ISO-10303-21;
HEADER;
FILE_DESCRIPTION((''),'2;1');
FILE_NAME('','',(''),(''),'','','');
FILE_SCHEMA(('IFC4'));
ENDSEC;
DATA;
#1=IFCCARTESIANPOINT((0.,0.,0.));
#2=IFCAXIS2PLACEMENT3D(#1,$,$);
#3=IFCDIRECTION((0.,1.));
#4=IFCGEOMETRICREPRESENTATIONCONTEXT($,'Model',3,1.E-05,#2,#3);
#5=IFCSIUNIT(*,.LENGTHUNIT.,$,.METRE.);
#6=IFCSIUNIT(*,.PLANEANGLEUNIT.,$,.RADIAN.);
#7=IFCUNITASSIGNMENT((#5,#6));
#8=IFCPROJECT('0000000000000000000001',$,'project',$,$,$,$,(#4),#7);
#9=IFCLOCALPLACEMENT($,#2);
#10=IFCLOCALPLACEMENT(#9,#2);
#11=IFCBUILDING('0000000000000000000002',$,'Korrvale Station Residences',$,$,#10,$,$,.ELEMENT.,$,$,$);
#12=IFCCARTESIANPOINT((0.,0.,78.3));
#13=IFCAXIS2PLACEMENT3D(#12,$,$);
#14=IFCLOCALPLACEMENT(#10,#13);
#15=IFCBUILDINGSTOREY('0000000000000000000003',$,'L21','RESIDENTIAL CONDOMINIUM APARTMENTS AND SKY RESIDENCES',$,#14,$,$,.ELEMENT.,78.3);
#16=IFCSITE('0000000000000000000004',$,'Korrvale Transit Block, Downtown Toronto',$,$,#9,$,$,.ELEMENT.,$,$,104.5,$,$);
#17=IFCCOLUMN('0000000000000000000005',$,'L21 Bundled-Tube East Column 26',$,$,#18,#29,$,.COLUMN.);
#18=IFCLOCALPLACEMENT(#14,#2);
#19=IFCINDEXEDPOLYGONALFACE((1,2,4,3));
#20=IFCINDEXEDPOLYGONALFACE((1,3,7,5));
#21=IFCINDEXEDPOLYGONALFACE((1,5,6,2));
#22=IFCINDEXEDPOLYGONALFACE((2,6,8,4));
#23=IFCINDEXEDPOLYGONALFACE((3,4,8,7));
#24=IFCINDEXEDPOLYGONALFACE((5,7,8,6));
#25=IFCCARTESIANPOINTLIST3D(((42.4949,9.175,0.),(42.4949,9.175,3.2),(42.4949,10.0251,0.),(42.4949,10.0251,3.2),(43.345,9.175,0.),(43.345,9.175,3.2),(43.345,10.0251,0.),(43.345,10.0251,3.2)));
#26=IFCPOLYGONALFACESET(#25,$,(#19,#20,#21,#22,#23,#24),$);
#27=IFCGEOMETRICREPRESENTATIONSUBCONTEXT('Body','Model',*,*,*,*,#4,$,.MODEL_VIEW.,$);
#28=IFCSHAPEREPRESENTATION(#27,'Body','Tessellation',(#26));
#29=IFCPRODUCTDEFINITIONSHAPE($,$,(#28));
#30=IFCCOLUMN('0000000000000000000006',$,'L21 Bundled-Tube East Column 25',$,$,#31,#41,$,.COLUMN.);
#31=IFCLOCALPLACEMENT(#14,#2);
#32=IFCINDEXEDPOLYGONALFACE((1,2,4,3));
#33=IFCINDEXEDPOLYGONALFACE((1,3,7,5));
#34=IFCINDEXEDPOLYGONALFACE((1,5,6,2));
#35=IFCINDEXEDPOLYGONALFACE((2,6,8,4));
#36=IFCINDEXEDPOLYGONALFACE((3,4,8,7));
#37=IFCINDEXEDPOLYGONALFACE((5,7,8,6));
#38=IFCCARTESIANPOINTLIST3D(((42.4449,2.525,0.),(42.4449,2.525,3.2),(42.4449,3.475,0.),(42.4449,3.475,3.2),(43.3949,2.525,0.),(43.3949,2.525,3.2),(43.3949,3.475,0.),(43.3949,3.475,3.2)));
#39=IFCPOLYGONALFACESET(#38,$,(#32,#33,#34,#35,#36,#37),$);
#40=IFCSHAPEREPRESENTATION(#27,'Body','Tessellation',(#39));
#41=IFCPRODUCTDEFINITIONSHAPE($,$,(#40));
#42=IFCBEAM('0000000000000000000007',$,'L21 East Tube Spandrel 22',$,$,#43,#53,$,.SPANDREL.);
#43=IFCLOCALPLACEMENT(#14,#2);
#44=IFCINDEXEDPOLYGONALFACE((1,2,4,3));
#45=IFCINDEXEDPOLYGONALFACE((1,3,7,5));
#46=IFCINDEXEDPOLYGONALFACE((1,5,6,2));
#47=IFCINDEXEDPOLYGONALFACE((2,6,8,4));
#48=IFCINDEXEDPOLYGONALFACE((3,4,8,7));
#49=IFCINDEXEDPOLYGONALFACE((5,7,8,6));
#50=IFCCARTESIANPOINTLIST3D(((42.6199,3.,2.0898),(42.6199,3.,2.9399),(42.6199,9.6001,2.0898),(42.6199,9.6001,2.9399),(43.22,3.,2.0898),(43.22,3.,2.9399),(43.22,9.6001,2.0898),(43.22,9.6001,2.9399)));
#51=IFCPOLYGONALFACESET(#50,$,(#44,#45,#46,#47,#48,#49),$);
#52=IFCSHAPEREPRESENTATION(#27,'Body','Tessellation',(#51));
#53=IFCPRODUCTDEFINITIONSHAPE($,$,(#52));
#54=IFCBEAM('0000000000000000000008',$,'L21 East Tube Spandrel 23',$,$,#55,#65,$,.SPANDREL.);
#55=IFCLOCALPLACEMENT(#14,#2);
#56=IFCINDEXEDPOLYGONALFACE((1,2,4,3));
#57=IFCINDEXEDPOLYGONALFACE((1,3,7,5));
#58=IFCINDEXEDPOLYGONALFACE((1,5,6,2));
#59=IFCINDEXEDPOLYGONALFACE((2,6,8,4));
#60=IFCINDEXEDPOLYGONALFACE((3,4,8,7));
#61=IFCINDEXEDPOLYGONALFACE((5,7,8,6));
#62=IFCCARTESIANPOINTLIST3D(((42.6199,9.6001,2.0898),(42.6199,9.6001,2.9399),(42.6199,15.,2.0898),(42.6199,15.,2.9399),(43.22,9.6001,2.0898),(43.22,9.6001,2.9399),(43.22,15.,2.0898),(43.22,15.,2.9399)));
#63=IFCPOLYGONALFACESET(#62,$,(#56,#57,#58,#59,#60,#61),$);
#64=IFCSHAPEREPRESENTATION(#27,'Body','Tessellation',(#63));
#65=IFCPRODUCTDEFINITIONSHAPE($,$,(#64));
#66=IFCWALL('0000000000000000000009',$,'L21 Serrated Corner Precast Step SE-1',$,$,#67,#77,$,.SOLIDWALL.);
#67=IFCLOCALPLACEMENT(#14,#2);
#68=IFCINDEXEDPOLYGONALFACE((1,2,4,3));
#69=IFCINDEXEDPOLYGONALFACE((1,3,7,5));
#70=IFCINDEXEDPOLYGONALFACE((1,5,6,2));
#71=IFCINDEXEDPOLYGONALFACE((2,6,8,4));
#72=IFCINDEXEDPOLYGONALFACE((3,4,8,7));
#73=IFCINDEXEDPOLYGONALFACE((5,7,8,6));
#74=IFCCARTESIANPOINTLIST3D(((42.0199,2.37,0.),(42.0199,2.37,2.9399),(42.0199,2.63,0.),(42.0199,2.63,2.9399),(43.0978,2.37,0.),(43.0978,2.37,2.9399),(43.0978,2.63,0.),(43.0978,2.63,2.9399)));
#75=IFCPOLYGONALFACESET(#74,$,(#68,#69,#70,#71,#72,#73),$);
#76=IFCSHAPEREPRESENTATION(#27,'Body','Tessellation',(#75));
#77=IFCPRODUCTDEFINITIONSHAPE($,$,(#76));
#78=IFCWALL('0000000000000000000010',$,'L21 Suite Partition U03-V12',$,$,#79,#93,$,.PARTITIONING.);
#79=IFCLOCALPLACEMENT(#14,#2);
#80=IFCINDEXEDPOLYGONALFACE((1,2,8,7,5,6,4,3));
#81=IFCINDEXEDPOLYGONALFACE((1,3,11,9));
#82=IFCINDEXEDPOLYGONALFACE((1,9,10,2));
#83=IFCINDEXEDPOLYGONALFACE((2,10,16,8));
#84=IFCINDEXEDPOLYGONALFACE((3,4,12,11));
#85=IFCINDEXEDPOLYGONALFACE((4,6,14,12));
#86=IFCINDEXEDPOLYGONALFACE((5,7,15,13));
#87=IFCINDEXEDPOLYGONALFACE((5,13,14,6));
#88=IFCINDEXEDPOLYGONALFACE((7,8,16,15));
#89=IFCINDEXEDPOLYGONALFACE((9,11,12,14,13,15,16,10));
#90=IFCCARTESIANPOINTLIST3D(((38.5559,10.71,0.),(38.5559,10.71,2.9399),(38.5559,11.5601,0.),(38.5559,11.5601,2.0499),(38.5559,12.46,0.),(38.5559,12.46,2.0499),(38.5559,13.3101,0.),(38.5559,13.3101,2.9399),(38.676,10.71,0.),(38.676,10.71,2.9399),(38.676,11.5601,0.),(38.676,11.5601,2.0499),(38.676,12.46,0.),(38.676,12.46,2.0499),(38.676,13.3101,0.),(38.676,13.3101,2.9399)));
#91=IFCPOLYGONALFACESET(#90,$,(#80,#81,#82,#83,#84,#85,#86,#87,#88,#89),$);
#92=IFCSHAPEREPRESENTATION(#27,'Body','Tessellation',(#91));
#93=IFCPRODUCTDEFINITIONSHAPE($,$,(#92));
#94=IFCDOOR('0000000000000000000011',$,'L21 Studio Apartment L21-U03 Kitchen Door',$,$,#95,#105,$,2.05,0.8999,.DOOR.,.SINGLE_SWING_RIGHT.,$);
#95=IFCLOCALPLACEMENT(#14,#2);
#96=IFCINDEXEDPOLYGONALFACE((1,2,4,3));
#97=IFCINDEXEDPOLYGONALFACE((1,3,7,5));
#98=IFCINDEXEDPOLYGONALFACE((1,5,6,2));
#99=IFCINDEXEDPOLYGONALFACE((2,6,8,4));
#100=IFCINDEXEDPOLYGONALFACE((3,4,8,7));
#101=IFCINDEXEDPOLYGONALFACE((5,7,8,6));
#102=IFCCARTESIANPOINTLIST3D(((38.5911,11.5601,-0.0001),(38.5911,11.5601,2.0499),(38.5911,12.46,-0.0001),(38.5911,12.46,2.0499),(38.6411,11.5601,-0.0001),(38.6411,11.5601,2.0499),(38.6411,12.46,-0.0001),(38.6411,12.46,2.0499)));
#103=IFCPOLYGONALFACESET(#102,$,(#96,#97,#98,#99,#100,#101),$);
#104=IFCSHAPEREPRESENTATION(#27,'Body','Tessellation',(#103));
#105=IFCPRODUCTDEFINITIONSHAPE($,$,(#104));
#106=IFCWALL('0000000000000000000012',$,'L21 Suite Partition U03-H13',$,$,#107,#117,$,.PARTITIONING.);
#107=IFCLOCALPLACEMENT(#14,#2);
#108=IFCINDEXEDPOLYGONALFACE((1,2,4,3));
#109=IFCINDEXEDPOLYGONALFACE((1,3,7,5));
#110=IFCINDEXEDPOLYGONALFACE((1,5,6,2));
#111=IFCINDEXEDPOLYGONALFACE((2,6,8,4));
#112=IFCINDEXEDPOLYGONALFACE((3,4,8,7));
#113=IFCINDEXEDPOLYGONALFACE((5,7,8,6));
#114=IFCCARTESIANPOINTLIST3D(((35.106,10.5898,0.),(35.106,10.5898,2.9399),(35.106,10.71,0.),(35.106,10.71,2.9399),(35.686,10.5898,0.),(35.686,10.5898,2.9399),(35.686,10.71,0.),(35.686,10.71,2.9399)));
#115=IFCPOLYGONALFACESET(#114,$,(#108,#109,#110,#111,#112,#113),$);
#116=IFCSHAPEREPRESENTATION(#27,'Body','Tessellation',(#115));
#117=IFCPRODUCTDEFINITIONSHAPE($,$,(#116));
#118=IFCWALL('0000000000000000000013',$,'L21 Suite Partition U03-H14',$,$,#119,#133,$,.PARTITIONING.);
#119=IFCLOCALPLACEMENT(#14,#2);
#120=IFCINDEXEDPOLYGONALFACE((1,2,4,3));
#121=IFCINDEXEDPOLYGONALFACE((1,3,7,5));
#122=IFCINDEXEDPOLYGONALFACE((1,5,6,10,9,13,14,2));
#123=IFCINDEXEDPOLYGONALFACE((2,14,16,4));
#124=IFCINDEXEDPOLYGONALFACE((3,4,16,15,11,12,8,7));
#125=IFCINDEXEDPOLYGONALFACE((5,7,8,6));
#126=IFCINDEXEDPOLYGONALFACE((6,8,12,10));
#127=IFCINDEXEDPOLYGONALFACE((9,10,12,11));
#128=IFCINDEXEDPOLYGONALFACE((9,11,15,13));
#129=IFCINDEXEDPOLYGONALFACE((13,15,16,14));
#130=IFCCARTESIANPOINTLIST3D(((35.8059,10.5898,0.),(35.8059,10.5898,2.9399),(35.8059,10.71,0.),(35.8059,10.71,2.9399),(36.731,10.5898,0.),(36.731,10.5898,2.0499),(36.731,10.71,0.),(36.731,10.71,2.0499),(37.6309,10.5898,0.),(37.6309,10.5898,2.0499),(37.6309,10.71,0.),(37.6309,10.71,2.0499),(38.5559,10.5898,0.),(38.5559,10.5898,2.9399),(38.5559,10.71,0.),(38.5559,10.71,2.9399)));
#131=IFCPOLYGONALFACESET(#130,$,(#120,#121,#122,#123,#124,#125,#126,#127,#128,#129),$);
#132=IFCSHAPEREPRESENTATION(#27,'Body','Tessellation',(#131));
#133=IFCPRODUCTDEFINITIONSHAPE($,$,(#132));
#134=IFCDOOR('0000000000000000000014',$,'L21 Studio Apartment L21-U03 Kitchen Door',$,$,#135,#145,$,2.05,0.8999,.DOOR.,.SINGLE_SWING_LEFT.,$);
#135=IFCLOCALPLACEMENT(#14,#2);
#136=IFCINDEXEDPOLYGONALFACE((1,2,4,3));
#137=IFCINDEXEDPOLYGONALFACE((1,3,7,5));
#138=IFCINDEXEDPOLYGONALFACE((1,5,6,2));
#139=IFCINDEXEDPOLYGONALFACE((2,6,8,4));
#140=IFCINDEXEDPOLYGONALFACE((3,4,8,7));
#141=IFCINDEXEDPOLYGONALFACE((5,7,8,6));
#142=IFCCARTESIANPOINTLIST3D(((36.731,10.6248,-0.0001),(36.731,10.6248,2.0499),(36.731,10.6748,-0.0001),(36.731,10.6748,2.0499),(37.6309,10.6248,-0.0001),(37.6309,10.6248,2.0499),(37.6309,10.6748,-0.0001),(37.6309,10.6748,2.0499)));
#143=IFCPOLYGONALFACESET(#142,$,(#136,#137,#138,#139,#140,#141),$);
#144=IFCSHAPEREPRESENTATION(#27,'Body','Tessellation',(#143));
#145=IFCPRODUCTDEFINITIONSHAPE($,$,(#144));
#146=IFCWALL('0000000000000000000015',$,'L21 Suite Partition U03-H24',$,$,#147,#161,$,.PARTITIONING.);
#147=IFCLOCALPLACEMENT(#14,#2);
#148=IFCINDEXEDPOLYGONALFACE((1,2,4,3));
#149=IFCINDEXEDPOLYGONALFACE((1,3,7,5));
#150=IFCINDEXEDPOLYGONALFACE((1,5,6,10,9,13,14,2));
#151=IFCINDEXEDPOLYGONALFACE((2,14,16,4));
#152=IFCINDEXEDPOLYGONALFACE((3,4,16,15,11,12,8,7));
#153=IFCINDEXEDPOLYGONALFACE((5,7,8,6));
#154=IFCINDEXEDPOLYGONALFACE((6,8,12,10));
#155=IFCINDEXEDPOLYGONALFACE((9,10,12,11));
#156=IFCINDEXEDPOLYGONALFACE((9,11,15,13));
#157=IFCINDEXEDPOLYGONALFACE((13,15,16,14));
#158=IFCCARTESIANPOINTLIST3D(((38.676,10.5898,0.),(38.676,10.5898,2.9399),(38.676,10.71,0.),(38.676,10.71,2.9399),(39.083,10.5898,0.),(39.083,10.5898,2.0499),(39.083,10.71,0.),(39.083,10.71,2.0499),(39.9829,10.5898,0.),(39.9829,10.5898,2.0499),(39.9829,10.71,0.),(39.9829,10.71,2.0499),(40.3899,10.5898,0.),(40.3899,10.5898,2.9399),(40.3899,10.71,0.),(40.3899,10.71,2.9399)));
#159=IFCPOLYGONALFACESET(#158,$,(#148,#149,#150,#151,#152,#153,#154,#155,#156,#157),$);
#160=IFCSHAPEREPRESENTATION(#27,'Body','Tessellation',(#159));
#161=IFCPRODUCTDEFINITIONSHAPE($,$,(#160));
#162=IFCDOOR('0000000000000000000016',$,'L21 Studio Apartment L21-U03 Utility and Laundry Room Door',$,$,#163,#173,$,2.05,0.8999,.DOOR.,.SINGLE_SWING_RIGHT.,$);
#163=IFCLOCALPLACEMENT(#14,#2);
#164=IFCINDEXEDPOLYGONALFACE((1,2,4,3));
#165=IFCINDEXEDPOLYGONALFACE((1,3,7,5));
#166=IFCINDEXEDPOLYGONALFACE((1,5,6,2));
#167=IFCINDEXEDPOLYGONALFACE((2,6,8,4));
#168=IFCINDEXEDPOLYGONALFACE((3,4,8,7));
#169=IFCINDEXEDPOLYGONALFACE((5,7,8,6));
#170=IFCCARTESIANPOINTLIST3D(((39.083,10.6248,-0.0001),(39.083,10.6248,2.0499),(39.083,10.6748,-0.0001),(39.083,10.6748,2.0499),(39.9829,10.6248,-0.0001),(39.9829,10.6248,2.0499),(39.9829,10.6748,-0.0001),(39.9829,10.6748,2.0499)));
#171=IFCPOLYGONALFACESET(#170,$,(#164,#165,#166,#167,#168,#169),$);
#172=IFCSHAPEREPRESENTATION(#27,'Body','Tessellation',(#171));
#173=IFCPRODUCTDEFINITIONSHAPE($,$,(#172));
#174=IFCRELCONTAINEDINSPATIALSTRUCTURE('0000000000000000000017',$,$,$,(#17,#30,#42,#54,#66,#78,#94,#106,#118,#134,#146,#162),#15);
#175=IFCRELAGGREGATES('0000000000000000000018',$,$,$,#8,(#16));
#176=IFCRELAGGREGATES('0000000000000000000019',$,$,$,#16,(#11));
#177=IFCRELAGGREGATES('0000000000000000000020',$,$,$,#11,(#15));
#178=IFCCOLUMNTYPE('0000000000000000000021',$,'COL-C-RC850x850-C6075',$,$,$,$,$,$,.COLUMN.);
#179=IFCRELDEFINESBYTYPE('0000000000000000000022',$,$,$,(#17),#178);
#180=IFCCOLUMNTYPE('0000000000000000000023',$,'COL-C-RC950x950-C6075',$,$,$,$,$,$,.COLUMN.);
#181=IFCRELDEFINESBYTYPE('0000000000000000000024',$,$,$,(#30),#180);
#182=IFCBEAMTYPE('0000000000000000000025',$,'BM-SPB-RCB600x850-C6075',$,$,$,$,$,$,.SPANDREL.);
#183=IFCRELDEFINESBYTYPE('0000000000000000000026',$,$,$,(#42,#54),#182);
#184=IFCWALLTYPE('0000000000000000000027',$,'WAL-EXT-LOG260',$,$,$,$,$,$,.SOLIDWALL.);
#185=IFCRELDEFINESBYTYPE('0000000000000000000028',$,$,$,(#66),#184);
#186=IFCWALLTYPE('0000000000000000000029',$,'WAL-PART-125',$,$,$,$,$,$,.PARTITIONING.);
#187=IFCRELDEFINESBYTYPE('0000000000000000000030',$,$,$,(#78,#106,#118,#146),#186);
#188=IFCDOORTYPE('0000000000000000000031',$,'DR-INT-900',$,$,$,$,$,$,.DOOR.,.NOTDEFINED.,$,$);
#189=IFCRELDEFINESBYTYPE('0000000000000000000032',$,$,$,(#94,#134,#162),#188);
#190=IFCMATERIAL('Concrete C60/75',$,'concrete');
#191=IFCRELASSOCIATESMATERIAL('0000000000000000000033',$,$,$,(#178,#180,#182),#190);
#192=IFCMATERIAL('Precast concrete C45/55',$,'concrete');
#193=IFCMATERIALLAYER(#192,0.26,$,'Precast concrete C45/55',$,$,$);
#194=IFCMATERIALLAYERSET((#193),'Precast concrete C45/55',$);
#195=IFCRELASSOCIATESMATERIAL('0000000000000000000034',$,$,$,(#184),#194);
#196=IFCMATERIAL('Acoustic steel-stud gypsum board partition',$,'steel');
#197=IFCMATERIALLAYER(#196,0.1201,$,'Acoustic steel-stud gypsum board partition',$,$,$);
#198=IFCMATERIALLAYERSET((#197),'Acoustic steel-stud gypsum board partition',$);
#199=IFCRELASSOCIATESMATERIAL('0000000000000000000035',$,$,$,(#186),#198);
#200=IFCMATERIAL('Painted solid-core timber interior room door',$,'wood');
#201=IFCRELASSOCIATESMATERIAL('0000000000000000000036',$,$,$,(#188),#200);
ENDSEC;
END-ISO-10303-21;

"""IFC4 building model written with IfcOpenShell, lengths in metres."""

from ifc_helpers import new_model, si_unit, direction, frame, frame_2d, origin, origin_2d, place, context, subcontext, project, spatial, rectangle, extrude, material, layer, layer_set, material_profile, profile_set, type_object, element, fill, save


model = new_model("IFC4")

# Units and contexts
model_context = context("Model", 3, precision=1e-05, world=origin(), true_north=direction((0.0, 1.0)))
body_context = subcontext(model_context, "Body", "Model", "MODEL_VIEW")
ifc_project = project(units=[si_unit("LENGTHUNIT", "METRE"), si_unit("PLANEANGLEUNIT", "RADIAN")], contexts=[model_context])

# Site, building, storey
site_placement = place(None, origin())
site = spatial("IfcSite", under=ifc_project, at=site_placement, Name="Korrvale Transit Block, Downtown Toronto", CompositionType="ELEMENT", RefElevation=104.5)
building_placement = place(site_placement, origin())
building = spatial("IfcBuilding", under=site, at=building_placement, Name="Korrvale Station Residences", CompositionType="ELEMENT")
storey_placement = place(building_placement, frame((0.0, 0.0, 78.3)))
storey = spatial("IfcBuildingStorey", under=building, at=storey_placement, Name="L21", Description="RESIDENTIAL CONDOMINIUM APARTMENTS AND SKY RESIDENCES", CompositionType="ELEMENT", Elevation=78.3)

# Columns
ifc_material_1 = material(Name="Concrete C60/75", Category="concrete")
ifc_material_profile_1 = material_profile(ifc_material_1, rectangle(XDim=0.8501, YDim=0.8501, at=origin_2d()), Name="RC850x850")
ifc_profile_set_1 = profile_set([ifc_material_profile_1], Name="Concrete C60/75")
column_type_1 = type_object("IfcColumnType", Name="COL-C-RC850x850-C6075", PredefinedType="COLUMN", material=ifc_profile_set_1)
column_1_placement = place(storey_placement, frame((42.9199, 9.6001, 0.0), z_axis=(0.0, 0.0, 1.0), x_axis=(1.0, 0.0, 0.0)))
element("IfcColumn", 1, at=column_1_placement, inside=storey, type_object=column_type_1, Name="L21 Bundled-Tube East Column 26", PredefinedType="COLUMN", context=body_context, shape_type="SweptSolid", body=[
    extrude(rectangle(XDim=0.8501, YDim=0.8501, at=origin_2d()), origin(), (0.0, 0.0, 1.0), 3.2),
])
ifc_material_profile_2 = material_profile(ifc_material_1, rectangle(XDim=0.95, YDim=0.95, at=origin_2d()), Name="RC950x950")
ifc_profile_set_2 = profile_set([ifc_material_profile_2], Name="Concrete C60/75")
column_type_2 = type_object("IfcColumnType", Name="COL-C-RC950x950-C6075", PredefinedType="COLUMN", material=ifc_profile_set_2)
column_2_placement = place(storey_placement, frame((42.9199, 3.0, 0.0), z_axis=(0.0, 0.0, 1.0), x_axis=(1.0, 0.0, 0.0)))
element("IfcColumn", 2, at=column_2_placement, inside=storey, type_object=column_type_2, Name="L21 Bundled-Tube East Column 25", PredefinedType="COLUMN", context=body_context, shape_type="SweptSolid", body=[
    extrude(rectangle(XDim=0.95, YDim=0.95, at=origin_2d()), origin(), (0.0, 0.0, 1.0), 3.2),
])

# Beams
ifc_material_profile_3 = material_profile(ifc_material_1, rectangle(XDim=0.6001, YDim=0.8501, at=origin_2d()), Name="RCB600x850")
ifc_profile_set_3 = profile_set([ifc_material_profile_3], Name="Concrete C60/75")
beam_type = type_object("IfcBeamType", Name="BM-SPB-RCB600x850-C6075", PredefinedType="SPANDREL", material=ifc_profile_set_3)
beam_1_placement = place(storey_placement, frame((42.9199, 3.0, 2.5149), z_axis=(0.0, 1.0, 0.0), x_axis=(-1.0, 0.0, 0.0)))
element("IfcBeam", 3, at=beam_1_placement, inside=storey, type_object=beam_type, Name="L21 East Tube Spandrel 22", PredefinedType="SPANDREL", context=body_context, shape_type="SweptSolid", body=[
    extrude(rectangle(XDim=0.6001, YDim=0.8501, at=origin_2d()), origin(), (0.0, 0.0, 1.0), 6.6001),
])
beam_2_placement = place(storey_placement, frame((42.9199, 9.6001, 2.5149), z_axis=(0.0, 1.0, 0.0), x_axis=(-1.0, 0.0, 0.0)))
element("IfcBeam", 4, at=beam_2_placement, inside=storey, type_object=beam_type, Name="L21 East Tube Spandrel 23", PredefinedType="SPANDREL", context=body_context, shape_type="SweptSolid", body=[
    extrude(rectangle(XDim=0.6001, YDim=0.8501, at=origin_2d()), origin(), (0.0, 0.0, 1.0), 5.3999),
])

# Wall
ifc_material_2 = material(Name="Precast concrete C45/55", Category="concrete")
ifc_layer_1 = layer(ifc_material_2, 0.26, Name="Precast concrete C45/55")
ifc_layer_set_1 = layer_set([ifc_layer_1], Name="Precast concrete C45/55")
wall_type_1 = type_object("IfcWallType", Name="WAL-EXT-LOG260", PredefinedType="SOLIDWALL", material=ifc_layer_set_1)
wall_1_placement = place(storey_placement, frame((43.0979, 2.5, 0.0), z_axis=(0.0, 0.0, 1.0), x_axis=(-1.0, 0.0, 0.0)))
element("IfcWall", 5, at=wall_1_placement, inside=storey, type_object=wall_type_1, Name="L21 Serrated Corner Precast Step SE-1", PredefinedType="SOLIDWALL", context=body_context, shape_type="SweptSolid", body=[
    extrude(rectangle(XDim=1.0779, YDim=0.26, at=frame_2d((0.5391, 0.0))), origin(), (0.0, 0.0, 1.0), 2.9399),
])

# Wall, opening, door
ifc_material_3 = material(Name="Acoustic steel-stud gypsum board partition", Category="steel")
ifc_layer_2 = layer(ifc_material_3, 0.1201, Name="Acoustic steel-stud gypsum board partition")
ifc_layer_set_2 = layer_set([ifc_layer_2], Name="Acoustic steel-stud gypsum board partition")
wall_type_2 = type_object("IfcWallType", Name="WAL-PART-125", PredefinedType="PARTITIONING", material=ifc_layer_set_2)
wall_2_placement = place(storey_placement, frame((38.616, 10.71, 0.0), z_axis=(0.0, 0.0, 1.0), x_axis=(0.0, 1.0, 0.0)))
wall_2 = element("IfcWall", 6, at=wall_2_placement, inside=storey, type_object=wall_type_2, Name="L21 Suite Partition U03-V12", PredefinedType="PARTITIONING", context=body_context, shape_type="SweptSolid", body=[
    extrude(rectangle(XDim=2.6001, YDim=0.1201, at=frame_2d((1.3, 0.0))), origin(), (0.0, 0.0, 1.0), 2.9399),
])
opening_1_placement = place(wall_2_placement, frame((0.8501, 0.0, 0.0)))
opening_1 = element("IfcOpeningElement", 7, at=opening_1_placement, cuts=wall_2, PredefinedType="OPENING", context=body_context, shape_type="SweptSolid", body=[
    extrude(rectangle(XDim=0.8999, YDim=2.05, at=frame_2d((0.45, 1.0249))), frame((0.0, 0.0701, 0.0), z_axis=(0.0, -1.0, 0.0), x_axis=(1.0, 0.0, 0.0)), (0.0, 0.0, 1.0), 0.1401),
])
ifc_material_4 = material(Name="Painted solid-core timber interior room door", Category="wood")
door_type = type_object("IfcDoorType", Name="DR-INT-900", OperationType="NOTDEFINED", PredefinedType="DOOR", material=ifc_material_4)
door_1_placement = place(opening_1_placement, origin())
door_1 = element("IfcDoor", 8, at=door_1_placement, inside=storey, type_object=door_type, Name="L21 Studio Apartment L21-U03 Kitchen Door", OperationType="SINGLE_SWING_RIGHT", OverallHeight=2.05, OverallWidth=0.8999, PredefinedType="DOOR", context=body_context, shape_type="SweptSolid", body=[
    extrude(rectangle(XDim=0.8999, YDim=2.05, at=frame_2d((0.45, 1.0249))), frame((0.0, 0.0249, 0.0), z_axis=(0.0, -1.0, 0.0), x_axis=(1.0, 0.0, 0.0)), (0.0, 0.0, 1.0), 0.05),
])
fill(opening_1, door_1)

# Wall
wall_3_placement = place(storey_placement, frame((35.106, 10.6499, 0.0), z_axis=(0.0, 0.0, 1.0), x_axis=(1.0, 0.0, 0.0)))
element("IfcWall", 9, at=wall_3_placement, inside=storey, type_object=wall_type_2, Name="L21 Suite Partition U03-H13", PredefinedType="PARTITIONING", context=body_context, shape_type="SweptSolid", body=[
    extrude(rectangle(XDim=0.5801, YDim=0.1201, at=frame_2d((0.29, 0.0))), origin(), (0.0, 0.0, 1.0), 2.9399),
])

# Walls, openings, doors
wall_4_placement = place(storey_placement, frame((35.8059, 10.6499, 0.0), z_axis=(0.0, 0.0, 1.0), x_axis=(1.0, 0.0, 0.0)))
wall_4 = element("IfcWall", 10, at=wall_4_placement, inside=storey, type_object=wall_type_2, Name="L21 Suite Partition U03-H14", PredefinedType="PARTITIONING", context=body_context, shape_type="SweptSolid", body=[
    extrude(rectangle(XDim=2.75, YDim=0.1201, at=frame_2d((1.375, 0.0))), origin(), (0.0, 0.0, 1.0), 2.9399),
])
opening_2_placement = place(wall_4_placement, frame((0.925, 0.0, 0.0)))
opening_2 = element("IfcOpeningElement", 11, at=opening_2_placement, cuts=wall_4, PredefinedType="OPENING", context=body_context, shape_type="SweptSolid", body=[
    extrude(rectangle(XDim=0.8999, YDim=2.05, at=frame_2d((0.45, 1.0249))), frame((0.0, 0.0701, 0.0), z_axis=(0.0, -1.0, 0.0), x_axis=(1.0, 0.0, 0.0)), (0.0, 0.0, 1.0), 0.1401),
])
door_2_placement = place(opening_2_placement, origin())
door_2 = element("IfcDoor", 12, at=door_2_placement, inside=storey, type_object=door_type, Name="L21 Studio Apartment L21-U03 Kitchen Door", OperationType="SINGLE_SWING_LEFT", OverallHeight=2.05, OverallWidth=0.8999, PredefinedType="DOOR", context=body_context, shape_type="SweptSolid", body=[
    extrude(rectangle(XDim=0.8999, YDim=2.05, at=frame_2d((0.45, 1.0249))), frame((0.0, 0.0249, 0.0), z_axis=(0.0, -1.0, 0.0), x_axis=(1.0, 0.0, 0.0)), (0.0, 0.0, 1.0), 0.05),
])
fill(opening_2, door_2)
wall_5_placement = place(storey_placement, frame((38.676, 10.6499, 0.0), z_axis=(0.0, 0.0, 1.0), x_axis=(1.0, 0.0, 0.0)))
wall_5 = element("IfcWall", 13, at=wall_5_placement, inside=storey, type_object=wall_type_2, Name="L21 Suite Partition U03-H24", PredefinedType="PARTITIONING", context=body_context, shape_type="SweptSolid", body=[
    extrude(rectangle(XDim=1.7139, YDim=0.1201, at=frame_2d((0.8569, 0.0))), origin(), (0.0, 0.0, 1.0), 2.9399),
])
opening_3_placement = place(wall_5_placement, frame((0.407, 0.0, 0.0)))
opening_3 = element("IfcOpeningElement", 14, at=opening_3_placement, cuts=wall_5, PredefinedType="OPENING", context=body_context, shape_type="SweptSolid", body=[
    extrude(rectangle(XDim=0.8999, YDim=2.05, at=frame_2d((0.45, 1.0249))), frame((0.0, 0.0701, 0.0), z_axis=(0.0, -1.0, 0.0), x_axis=(1.0, 0.0, 0.0)), (0.0, 0.0, 1.0), 0.1401),
])
door_3_placement = place(opening_3_placement, origin())
door_3 = element("IfcDoor", 15, at=door_3_placement, inside=storey, type_object=door_type, Name="L21 Studio Apartment L21-U03 Utility and Laundry Room Door", OperationType="SINGLE_SWING_RIGHT", OverallHeight=2.05, OverallWidth=0.8999, PredefinedType="DOOR", context=body_context, shape_type="SweptSolid", body=[
    extrude(rectangle(XDim=0.8999, YDim=2.05, at=frame_2d((0.45, 1.0249))), frame((0.0, 0.0249, 0.0), z_axis=(0.0, -1.0, 0.0), x_axis=(1.0, 0.0, 0.0)), (0.0, 0.0, 1.0), 0.05),
])
fill(opening_3, door_3)

save(model, "model.ifc")
